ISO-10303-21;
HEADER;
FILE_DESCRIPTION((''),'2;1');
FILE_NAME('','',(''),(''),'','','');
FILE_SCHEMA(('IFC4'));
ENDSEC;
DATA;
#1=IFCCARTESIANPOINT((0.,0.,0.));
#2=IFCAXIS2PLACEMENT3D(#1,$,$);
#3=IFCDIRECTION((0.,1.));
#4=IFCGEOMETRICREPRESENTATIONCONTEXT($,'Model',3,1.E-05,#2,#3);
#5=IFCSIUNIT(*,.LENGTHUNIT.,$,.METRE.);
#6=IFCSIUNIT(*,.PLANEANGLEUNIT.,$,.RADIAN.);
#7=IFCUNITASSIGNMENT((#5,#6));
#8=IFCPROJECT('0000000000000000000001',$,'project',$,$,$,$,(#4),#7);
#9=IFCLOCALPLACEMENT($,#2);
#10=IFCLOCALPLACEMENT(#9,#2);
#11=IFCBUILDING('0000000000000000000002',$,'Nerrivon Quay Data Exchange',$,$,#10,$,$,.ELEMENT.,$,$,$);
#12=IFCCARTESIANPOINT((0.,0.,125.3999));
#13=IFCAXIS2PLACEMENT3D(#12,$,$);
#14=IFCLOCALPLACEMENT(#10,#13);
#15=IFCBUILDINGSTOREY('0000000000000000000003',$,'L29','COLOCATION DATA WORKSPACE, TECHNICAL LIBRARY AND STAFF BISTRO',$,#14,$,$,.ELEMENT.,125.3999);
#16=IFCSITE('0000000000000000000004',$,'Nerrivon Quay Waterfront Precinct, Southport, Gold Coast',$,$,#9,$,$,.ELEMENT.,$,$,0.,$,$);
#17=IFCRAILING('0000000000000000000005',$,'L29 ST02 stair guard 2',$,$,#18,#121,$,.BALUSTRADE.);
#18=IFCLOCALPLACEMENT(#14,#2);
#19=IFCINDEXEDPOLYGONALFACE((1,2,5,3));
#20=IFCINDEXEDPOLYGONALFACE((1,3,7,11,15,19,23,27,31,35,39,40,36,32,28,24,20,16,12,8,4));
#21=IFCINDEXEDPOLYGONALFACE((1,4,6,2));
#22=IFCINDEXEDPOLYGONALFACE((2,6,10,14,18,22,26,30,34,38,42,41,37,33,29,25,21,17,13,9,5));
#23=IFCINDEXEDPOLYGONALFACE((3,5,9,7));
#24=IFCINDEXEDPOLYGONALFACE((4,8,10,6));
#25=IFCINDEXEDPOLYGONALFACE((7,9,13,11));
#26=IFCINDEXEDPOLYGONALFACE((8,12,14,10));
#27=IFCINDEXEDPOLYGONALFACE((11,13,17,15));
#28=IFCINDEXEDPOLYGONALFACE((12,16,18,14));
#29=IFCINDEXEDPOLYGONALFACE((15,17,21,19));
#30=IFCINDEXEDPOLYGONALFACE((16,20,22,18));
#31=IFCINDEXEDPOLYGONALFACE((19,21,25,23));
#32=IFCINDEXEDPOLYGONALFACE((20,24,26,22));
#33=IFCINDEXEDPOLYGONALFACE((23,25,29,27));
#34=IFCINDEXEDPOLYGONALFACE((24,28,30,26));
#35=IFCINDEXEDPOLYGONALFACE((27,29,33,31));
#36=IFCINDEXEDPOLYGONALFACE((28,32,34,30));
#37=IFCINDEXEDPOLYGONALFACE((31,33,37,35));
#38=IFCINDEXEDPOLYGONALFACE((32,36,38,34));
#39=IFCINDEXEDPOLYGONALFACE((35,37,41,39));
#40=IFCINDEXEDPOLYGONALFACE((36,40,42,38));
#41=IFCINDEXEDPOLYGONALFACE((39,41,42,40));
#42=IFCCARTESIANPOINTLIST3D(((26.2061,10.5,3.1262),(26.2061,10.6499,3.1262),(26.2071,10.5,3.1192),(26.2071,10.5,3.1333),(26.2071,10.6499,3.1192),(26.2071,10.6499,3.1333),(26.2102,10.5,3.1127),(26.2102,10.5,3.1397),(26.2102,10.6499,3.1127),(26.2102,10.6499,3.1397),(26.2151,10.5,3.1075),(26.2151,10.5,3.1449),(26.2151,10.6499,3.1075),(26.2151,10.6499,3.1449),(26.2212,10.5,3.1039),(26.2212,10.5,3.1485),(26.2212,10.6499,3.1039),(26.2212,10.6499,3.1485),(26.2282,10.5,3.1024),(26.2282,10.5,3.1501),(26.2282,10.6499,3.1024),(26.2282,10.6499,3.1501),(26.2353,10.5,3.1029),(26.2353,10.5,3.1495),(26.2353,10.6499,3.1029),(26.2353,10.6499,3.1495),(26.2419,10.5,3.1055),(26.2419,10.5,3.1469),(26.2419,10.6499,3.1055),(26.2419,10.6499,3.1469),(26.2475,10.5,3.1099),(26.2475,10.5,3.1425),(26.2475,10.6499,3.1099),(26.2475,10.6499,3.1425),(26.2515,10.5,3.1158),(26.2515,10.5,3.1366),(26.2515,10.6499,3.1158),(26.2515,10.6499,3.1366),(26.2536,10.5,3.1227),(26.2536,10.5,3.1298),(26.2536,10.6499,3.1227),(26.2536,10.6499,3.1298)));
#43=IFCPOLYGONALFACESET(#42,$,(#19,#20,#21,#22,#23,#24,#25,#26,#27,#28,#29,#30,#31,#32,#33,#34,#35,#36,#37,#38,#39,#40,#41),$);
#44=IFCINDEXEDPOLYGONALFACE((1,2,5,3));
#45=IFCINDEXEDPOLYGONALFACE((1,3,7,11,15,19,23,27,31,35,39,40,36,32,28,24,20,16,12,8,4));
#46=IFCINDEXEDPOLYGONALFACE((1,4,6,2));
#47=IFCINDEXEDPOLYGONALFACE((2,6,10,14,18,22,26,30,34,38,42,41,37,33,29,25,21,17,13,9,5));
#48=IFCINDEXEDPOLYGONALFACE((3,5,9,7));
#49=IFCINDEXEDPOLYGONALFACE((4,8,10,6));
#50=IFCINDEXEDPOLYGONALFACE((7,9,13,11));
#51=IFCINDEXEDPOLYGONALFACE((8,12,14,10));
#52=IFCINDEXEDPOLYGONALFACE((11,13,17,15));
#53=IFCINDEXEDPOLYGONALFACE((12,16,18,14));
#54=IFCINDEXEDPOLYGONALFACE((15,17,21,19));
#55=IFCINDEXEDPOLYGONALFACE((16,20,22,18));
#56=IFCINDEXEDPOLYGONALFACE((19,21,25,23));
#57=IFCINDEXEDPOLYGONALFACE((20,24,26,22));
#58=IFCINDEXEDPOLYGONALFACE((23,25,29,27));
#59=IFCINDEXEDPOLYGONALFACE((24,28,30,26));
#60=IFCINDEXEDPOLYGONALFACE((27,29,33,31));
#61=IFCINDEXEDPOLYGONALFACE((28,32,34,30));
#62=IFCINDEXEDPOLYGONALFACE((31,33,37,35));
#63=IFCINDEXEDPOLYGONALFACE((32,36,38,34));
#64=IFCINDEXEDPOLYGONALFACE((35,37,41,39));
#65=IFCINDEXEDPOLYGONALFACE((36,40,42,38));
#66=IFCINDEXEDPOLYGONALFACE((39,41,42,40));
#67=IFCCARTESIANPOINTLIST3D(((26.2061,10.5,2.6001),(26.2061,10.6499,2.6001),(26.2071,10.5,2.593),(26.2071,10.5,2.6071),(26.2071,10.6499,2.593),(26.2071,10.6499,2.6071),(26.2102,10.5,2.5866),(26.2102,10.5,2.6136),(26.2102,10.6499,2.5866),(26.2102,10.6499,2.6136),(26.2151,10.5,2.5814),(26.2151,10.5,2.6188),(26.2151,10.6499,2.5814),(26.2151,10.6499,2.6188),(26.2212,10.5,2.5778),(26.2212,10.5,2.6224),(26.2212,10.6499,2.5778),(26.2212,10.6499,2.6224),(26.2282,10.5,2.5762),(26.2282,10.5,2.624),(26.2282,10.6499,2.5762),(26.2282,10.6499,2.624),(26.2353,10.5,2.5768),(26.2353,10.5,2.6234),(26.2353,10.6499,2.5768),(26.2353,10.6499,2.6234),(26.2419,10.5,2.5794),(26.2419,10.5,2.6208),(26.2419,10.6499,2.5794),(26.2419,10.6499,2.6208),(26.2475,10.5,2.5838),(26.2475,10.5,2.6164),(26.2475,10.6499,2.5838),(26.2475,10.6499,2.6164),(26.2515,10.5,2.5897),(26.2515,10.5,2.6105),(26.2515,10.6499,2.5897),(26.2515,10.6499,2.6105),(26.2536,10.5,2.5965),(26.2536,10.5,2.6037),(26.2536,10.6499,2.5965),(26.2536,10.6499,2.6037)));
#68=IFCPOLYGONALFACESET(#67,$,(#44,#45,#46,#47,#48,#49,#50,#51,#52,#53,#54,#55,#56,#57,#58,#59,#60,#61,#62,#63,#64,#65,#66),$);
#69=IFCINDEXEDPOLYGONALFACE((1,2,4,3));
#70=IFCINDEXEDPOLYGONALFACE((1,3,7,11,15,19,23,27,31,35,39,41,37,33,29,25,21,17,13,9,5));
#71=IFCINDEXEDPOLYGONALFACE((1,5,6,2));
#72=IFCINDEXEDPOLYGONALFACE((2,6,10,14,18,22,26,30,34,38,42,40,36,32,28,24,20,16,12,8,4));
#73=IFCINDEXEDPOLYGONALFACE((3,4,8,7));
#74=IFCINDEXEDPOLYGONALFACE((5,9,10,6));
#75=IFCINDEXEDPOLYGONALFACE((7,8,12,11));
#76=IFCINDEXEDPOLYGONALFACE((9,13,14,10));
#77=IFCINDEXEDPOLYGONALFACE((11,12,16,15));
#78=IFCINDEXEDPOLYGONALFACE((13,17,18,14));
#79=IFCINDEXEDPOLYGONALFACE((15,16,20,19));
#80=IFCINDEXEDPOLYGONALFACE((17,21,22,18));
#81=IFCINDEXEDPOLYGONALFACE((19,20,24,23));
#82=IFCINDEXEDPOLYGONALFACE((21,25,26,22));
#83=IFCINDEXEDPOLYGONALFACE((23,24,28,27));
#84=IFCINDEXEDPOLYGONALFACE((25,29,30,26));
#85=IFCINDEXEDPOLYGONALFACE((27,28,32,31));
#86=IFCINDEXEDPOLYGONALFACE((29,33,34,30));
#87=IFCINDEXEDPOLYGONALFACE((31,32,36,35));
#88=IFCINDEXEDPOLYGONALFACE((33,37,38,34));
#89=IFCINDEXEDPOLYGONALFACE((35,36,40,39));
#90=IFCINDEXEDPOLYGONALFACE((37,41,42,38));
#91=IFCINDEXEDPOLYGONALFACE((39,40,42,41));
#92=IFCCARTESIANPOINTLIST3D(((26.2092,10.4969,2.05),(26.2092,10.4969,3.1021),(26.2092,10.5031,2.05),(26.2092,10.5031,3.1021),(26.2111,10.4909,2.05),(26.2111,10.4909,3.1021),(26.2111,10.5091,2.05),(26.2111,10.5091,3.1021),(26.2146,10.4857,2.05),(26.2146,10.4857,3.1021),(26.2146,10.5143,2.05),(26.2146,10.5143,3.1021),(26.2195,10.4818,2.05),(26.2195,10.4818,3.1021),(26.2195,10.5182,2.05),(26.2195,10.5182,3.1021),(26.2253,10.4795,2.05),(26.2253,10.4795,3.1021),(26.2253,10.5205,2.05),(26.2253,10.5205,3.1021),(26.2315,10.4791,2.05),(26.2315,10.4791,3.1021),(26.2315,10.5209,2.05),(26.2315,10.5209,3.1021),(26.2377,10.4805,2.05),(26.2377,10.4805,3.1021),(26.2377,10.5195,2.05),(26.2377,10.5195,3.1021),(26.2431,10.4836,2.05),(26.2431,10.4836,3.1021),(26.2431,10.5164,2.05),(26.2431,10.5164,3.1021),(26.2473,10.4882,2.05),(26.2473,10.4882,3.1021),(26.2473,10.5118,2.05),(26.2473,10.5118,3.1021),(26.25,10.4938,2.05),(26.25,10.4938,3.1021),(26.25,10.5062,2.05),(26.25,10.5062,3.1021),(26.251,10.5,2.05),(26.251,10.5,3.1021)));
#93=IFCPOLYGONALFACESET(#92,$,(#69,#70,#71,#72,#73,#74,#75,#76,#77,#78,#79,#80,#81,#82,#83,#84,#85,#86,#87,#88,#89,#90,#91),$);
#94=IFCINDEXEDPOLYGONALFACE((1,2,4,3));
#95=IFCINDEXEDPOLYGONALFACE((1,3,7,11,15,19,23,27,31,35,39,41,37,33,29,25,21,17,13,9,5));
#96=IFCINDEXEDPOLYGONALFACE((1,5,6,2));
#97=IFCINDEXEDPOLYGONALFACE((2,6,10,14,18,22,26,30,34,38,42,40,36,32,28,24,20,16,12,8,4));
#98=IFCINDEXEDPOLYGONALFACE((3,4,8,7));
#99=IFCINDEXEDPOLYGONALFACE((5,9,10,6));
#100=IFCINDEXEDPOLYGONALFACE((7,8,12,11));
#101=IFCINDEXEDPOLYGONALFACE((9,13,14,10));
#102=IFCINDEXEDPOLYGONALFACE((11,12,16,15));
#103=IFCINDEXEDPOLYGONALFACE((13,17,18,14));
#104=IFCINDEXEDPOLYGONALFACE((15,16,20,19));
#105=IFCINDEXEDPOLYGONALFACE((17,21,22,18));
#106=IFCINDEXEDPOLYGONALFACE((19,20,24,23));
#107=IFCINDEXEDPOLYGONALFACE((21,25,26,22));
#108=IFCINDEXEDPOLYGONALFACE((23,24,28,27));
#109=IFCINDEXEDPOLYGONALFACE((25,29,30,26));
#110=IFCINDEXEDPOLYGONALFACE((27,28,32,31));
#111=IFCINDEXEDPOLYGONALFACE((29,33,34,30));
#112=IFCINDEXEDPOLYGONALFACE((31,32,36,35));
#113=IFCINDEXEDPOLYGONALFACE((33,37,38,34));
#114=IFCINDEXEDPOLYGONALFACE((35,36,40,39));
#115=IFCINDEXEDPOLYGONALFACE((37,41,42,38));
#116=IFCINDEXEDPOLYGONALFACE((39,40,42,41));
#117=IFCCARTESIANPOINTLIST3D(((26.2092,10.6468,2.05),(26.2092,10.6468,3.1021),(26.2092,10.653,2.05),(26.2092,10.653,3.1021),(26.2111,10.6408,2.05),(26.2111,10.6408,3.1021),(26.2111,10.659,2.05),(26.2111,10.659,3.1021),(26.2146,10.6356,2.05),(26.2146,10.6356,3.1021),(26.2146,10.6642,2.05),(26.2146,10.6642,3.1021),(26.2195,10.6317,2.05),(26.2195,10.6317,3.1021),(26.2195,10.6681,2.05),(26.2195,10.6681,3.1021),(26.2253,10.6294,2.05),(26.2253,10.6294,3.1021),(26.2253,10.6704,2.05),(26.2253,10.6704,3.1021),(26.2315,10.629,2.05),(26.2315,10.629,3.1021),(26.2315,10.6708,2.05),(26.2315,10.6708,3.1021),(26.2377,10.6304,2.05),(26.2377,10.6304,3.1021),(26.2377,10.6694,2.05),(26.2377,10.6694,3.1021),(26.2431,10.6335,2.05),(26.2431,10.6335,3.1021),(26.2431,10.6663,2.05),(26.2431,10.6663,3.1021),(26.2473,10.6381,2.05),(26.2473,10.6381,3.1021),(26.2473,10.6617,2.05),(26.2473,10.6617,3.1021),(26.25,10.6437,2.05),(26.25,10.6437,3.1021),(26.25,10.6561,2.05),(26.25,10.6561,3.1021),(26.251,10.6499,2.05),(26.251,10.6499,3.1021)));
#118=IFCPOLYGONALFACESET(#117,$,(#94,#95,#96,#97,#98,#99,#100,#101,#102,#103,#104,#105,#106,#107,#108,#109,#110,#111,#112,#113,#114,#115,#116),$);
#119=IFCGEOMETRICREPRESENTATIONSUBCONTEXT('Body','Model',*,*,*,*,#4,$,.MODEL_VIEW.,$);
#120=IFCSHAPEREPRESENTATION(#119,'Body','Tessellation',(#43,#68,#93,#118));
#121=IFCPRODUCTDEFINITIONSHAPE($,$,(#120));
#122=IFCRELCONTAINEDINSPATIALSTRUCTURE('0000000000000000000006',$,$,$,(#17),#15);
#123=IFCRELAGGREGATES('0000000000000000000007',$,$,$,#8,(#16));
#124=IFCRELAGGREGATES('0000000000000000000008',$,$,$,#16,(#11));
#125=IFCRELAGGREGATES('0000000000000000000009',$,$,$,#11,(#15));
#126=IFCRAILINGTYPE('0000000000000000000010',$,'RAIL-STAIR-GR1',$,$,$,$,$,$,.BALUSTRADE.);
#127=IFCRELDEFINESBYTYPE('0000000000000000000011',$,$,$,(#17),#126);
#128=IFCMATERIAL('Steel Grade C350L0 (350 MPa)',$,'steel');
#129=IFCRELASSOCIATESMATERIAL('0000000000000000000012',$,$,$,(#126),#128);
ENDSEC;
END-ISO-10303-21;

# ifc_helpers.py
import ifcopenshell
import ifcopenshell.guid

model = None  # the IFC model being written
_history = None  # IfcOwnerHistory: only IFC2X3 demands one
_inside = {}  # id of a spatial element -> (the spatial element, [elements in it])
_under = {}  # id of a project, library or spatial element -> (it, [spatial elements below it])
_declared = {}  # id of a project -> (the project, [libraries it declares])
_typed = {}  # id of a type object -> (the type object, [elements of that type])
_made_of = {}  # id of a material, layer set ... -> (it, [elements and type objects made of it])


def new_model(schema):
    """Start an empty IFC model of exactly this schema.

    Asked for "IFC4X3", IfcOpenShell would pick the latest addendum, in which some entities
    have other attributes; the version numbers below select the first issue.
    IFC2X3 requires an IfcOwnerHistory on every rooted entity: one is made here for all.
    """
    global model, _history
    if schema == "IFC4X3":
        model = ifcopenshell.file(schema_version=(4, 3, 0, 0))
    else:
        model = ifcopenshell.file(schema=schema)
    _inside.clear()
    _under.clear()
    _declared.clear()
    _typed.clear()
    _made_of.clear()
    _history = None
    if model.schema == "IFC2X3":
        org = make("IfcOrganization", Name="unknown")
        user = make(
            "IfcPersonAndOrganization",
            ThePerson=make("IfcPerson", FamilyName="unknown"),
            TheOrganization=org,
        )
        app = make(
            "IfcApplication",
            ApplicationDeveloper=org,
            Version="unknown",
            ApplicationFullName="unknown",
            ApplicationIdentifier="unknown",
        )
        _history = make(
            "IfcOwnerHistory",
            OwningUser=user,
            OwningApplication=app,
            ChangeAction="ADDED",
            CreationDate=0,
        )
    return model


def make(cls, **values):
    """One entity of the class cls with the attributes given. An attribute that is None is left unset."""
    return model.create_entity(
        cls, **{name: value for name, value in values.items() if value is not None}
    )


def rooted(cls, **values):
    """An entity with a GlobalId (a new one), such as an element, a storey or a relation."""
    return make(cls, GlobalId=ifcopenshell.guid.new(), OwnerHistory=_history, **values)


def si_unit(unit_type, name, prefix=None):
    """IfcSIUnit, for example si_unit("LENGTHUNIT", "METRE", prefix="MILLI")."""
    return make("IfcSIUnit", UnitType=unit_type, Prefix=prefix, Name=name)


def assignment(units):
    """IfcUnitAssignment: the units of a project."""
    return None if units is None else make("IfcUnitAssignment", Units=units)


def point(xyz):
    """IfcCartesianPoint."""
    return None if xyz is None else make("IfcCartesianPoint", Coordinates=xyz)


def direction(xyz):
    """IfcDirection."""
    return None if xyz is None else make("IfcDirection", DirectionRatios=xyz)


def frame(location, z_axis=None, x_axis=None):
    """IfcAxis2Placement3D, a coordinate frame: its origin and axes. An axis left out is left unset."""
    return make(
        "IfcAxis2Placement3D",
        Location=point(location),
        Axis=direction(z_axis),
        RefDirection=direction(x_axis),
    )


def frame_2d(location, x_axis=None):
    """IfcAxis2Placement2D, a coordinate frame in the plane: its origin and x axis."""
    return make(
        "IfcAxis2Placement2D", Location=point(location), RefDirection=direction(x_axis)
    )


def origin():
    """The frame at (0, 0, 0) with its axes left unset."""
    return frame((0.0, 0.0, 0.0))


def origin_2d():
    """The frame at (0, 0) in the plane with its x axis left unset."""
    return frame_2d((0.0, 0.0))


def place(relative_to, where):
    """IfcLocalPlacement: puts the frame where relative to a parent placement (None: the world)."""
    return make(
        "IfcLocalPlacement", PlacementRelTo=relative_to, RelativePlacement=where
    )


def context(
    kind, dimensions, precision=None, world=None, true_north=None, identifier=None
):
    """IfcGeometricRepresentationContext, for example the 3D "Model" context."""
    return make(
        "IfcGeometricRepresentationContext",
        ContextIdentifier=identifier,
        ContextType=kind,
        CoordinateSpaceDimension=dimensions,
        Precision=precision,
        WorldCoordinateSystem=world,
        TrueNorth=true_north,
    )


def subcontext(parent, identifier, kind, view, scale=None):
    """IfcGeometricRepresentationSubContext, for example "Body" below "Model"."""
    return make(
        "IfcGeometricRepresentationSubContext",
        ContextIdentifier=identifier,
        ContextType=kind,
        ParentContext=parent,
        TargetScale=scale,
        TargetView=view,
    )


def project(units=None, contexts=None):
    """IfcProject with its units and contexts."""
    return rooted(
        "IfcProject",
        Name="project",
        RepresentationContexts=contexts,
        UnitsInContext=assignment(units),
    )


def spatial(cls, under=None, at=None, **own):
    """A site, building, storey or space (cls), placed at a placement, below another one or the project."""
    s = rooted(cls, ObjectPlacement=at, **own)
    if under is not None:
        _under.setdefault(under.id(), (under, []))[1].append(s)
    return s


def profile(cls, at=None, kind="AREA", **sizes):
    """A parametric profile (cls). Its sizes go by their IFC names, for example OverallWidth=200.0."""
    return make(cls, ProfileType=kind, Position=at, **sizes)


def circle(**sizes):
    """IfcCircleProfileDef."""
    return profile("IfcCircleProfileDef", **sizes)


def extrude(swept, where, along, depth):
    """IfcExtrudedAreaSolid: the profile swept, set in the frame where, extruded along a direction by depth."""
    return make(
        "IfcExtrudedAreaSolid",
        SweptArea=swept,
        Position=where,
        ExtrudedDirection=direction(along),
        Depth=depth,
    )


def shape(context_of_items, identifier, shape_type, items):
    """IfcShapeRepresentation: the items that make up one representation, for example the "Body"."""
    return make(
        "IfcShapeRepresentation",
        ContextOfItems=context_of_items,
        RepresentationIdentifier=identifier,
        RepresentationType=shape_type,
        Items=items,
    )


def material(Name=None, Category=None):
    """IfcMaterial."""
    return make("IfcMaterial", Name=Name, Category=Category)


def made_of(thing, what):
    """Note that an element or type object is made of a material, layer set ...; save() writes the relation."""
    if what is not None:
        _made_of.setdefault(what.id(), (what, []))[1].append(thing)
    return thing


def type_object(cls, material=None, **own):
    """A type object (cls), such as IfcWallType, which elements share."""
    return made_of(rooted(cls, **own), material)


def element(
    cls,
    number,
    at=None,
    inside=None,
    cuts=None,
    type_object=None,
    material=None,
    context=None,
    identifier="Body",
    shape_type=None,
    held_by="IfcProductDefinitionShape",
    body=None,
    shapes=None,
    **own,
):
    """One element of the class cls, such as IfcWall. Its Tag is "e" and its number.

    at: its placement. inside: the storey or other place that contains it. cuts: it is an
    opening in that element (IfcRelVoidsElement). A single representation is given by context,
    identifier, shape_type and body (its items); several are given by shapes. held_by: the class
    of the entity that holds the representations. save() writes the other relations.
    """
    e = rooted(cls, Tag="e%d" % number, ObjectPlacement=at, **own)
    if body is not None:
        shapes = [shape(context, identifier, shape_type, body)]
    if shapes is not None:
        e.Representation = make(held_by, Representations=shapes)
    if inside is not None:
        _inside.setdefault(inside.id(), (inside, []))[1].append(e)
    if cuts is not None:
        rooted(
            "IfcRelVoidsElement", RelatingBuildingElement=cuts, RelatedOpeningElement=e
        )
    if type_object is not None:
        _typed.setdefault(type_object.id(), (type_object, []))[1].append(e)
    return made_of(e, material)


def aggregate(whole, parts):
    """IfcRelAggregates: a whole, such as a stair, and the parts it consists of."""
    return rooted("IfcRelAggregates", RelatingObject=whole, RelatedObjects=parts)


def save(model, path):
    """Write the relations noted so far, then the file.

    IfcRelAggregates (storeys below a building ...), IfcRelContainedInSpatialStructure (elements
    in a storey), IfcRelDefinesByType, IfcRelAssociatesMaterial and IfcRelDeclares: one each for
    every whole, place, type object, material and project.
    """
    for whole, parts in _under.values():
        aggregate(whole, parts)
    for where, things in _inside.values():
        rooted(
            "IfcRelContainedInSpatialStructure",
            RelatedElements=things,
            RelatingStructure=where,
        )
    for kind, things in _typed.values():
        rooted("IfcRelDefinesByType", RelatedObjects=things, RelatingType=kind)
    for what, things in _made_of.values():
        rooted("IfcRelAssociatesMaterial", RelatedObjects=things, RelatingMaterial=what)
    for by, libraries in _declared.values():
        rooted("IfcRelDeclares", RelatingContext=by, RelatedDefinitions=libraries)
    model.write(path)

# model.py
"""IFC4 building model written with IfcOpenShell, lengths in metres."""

from ifc_helpers import new_model, si_unit, direction, frame, origin, origin_2d, place, context, subcontext, project, spatial, circle, extrude, material, type_object, element, save


model = new_model("IFC4")

# Units and contexts
model_context = context("Model", 3, precision=1e-05, world=origin(), true_north=direction((0.0, 1.0)))
body_context = subcontext(model_context, "Body", "Model", "MODEL_VIEW")
ifc_project = project(units=[si_unit("LENGTHUNIT", "METRE"), si_unit("PLANEANGLEUNIT", "RADIAN")], contexts=[model_context])

# Site, building, storey
site_placement = place(None, origin())
site = spatial("IfcSite", under=ifc_project, at=site_placement, Name="Nerrivon Quay Waterfront Precinct, Southport, Gold Coast", CompositionType="ELEMENT", RefElevation=0.0)
building_placement = place(site_placement, origin())
building = spatial("IfcBuilding", under=site, at=building_placement, Name="Nerrivon Quay Data Exchange", CompositionType="ELEMENT")
storey_placement = place(building_placement, frame((0.0, 0.0, 125.3999)))
storey = spatial("IfcBuildingStorey", under=building, at=storey_placement, Name="L29", Description="COLOCATION DATA WORKSPACE, TECHNICAL LIBRARY AND STAFF BISTRO", CompositionType="ELEMENT", Elevation=125.3999)

# Railing
ifc_material_1 = material(Name="Steel Grade C350L0 (350 MPa)", Category="steel")
railing_type_1 = type_object("IfcRailingType", Name="RAIL-STAIR-GR1", PredefinedType="BALUSTRADE", material=ifc_material_1)
railing_1_placement = place(storey_placement, frame((26.23, 10.5, 2.05)))
element("IfcRailing", 1, at=railing_1_placement, inside=storey, type_object=railing_type_1, Name="L29 ST02 stair guard 2", PredefinedType="BALUSTRADE", context=body_context, shape_type="SweptSolid", body=[
    extrude(circle(Radius=0.0239, at=origin_2d()), frame((0.0, 0.0, 1.0762), z_axis=(0.0, 1.0, 0.0), x_axis=(-1.0, 0.0, 0.0)), (0.0, 0.0, 1.0), 0.1499),
    extrude(circle(Radius=0.0239, at=origin_2d()), frame((0.0, 0.0, 0.55), z_axis=(0.0, 1.0, 0.0), x_axis=(-1.0, 0.0, 0.0)), (0.0, 0.0, 1.0), 0.1499),
    extrude(circle(Radius=0.021, at=origin_2d()), origin(), (0.0, 0.0, 1.0), 1.052),
    extrude(circle(Radius=0.021, at=origin_2d()), frame((0.0, 0.1499, 0.0)), (0.0, 0.0, 1.0), 1.052),
])

save(model, "model.ifc")
